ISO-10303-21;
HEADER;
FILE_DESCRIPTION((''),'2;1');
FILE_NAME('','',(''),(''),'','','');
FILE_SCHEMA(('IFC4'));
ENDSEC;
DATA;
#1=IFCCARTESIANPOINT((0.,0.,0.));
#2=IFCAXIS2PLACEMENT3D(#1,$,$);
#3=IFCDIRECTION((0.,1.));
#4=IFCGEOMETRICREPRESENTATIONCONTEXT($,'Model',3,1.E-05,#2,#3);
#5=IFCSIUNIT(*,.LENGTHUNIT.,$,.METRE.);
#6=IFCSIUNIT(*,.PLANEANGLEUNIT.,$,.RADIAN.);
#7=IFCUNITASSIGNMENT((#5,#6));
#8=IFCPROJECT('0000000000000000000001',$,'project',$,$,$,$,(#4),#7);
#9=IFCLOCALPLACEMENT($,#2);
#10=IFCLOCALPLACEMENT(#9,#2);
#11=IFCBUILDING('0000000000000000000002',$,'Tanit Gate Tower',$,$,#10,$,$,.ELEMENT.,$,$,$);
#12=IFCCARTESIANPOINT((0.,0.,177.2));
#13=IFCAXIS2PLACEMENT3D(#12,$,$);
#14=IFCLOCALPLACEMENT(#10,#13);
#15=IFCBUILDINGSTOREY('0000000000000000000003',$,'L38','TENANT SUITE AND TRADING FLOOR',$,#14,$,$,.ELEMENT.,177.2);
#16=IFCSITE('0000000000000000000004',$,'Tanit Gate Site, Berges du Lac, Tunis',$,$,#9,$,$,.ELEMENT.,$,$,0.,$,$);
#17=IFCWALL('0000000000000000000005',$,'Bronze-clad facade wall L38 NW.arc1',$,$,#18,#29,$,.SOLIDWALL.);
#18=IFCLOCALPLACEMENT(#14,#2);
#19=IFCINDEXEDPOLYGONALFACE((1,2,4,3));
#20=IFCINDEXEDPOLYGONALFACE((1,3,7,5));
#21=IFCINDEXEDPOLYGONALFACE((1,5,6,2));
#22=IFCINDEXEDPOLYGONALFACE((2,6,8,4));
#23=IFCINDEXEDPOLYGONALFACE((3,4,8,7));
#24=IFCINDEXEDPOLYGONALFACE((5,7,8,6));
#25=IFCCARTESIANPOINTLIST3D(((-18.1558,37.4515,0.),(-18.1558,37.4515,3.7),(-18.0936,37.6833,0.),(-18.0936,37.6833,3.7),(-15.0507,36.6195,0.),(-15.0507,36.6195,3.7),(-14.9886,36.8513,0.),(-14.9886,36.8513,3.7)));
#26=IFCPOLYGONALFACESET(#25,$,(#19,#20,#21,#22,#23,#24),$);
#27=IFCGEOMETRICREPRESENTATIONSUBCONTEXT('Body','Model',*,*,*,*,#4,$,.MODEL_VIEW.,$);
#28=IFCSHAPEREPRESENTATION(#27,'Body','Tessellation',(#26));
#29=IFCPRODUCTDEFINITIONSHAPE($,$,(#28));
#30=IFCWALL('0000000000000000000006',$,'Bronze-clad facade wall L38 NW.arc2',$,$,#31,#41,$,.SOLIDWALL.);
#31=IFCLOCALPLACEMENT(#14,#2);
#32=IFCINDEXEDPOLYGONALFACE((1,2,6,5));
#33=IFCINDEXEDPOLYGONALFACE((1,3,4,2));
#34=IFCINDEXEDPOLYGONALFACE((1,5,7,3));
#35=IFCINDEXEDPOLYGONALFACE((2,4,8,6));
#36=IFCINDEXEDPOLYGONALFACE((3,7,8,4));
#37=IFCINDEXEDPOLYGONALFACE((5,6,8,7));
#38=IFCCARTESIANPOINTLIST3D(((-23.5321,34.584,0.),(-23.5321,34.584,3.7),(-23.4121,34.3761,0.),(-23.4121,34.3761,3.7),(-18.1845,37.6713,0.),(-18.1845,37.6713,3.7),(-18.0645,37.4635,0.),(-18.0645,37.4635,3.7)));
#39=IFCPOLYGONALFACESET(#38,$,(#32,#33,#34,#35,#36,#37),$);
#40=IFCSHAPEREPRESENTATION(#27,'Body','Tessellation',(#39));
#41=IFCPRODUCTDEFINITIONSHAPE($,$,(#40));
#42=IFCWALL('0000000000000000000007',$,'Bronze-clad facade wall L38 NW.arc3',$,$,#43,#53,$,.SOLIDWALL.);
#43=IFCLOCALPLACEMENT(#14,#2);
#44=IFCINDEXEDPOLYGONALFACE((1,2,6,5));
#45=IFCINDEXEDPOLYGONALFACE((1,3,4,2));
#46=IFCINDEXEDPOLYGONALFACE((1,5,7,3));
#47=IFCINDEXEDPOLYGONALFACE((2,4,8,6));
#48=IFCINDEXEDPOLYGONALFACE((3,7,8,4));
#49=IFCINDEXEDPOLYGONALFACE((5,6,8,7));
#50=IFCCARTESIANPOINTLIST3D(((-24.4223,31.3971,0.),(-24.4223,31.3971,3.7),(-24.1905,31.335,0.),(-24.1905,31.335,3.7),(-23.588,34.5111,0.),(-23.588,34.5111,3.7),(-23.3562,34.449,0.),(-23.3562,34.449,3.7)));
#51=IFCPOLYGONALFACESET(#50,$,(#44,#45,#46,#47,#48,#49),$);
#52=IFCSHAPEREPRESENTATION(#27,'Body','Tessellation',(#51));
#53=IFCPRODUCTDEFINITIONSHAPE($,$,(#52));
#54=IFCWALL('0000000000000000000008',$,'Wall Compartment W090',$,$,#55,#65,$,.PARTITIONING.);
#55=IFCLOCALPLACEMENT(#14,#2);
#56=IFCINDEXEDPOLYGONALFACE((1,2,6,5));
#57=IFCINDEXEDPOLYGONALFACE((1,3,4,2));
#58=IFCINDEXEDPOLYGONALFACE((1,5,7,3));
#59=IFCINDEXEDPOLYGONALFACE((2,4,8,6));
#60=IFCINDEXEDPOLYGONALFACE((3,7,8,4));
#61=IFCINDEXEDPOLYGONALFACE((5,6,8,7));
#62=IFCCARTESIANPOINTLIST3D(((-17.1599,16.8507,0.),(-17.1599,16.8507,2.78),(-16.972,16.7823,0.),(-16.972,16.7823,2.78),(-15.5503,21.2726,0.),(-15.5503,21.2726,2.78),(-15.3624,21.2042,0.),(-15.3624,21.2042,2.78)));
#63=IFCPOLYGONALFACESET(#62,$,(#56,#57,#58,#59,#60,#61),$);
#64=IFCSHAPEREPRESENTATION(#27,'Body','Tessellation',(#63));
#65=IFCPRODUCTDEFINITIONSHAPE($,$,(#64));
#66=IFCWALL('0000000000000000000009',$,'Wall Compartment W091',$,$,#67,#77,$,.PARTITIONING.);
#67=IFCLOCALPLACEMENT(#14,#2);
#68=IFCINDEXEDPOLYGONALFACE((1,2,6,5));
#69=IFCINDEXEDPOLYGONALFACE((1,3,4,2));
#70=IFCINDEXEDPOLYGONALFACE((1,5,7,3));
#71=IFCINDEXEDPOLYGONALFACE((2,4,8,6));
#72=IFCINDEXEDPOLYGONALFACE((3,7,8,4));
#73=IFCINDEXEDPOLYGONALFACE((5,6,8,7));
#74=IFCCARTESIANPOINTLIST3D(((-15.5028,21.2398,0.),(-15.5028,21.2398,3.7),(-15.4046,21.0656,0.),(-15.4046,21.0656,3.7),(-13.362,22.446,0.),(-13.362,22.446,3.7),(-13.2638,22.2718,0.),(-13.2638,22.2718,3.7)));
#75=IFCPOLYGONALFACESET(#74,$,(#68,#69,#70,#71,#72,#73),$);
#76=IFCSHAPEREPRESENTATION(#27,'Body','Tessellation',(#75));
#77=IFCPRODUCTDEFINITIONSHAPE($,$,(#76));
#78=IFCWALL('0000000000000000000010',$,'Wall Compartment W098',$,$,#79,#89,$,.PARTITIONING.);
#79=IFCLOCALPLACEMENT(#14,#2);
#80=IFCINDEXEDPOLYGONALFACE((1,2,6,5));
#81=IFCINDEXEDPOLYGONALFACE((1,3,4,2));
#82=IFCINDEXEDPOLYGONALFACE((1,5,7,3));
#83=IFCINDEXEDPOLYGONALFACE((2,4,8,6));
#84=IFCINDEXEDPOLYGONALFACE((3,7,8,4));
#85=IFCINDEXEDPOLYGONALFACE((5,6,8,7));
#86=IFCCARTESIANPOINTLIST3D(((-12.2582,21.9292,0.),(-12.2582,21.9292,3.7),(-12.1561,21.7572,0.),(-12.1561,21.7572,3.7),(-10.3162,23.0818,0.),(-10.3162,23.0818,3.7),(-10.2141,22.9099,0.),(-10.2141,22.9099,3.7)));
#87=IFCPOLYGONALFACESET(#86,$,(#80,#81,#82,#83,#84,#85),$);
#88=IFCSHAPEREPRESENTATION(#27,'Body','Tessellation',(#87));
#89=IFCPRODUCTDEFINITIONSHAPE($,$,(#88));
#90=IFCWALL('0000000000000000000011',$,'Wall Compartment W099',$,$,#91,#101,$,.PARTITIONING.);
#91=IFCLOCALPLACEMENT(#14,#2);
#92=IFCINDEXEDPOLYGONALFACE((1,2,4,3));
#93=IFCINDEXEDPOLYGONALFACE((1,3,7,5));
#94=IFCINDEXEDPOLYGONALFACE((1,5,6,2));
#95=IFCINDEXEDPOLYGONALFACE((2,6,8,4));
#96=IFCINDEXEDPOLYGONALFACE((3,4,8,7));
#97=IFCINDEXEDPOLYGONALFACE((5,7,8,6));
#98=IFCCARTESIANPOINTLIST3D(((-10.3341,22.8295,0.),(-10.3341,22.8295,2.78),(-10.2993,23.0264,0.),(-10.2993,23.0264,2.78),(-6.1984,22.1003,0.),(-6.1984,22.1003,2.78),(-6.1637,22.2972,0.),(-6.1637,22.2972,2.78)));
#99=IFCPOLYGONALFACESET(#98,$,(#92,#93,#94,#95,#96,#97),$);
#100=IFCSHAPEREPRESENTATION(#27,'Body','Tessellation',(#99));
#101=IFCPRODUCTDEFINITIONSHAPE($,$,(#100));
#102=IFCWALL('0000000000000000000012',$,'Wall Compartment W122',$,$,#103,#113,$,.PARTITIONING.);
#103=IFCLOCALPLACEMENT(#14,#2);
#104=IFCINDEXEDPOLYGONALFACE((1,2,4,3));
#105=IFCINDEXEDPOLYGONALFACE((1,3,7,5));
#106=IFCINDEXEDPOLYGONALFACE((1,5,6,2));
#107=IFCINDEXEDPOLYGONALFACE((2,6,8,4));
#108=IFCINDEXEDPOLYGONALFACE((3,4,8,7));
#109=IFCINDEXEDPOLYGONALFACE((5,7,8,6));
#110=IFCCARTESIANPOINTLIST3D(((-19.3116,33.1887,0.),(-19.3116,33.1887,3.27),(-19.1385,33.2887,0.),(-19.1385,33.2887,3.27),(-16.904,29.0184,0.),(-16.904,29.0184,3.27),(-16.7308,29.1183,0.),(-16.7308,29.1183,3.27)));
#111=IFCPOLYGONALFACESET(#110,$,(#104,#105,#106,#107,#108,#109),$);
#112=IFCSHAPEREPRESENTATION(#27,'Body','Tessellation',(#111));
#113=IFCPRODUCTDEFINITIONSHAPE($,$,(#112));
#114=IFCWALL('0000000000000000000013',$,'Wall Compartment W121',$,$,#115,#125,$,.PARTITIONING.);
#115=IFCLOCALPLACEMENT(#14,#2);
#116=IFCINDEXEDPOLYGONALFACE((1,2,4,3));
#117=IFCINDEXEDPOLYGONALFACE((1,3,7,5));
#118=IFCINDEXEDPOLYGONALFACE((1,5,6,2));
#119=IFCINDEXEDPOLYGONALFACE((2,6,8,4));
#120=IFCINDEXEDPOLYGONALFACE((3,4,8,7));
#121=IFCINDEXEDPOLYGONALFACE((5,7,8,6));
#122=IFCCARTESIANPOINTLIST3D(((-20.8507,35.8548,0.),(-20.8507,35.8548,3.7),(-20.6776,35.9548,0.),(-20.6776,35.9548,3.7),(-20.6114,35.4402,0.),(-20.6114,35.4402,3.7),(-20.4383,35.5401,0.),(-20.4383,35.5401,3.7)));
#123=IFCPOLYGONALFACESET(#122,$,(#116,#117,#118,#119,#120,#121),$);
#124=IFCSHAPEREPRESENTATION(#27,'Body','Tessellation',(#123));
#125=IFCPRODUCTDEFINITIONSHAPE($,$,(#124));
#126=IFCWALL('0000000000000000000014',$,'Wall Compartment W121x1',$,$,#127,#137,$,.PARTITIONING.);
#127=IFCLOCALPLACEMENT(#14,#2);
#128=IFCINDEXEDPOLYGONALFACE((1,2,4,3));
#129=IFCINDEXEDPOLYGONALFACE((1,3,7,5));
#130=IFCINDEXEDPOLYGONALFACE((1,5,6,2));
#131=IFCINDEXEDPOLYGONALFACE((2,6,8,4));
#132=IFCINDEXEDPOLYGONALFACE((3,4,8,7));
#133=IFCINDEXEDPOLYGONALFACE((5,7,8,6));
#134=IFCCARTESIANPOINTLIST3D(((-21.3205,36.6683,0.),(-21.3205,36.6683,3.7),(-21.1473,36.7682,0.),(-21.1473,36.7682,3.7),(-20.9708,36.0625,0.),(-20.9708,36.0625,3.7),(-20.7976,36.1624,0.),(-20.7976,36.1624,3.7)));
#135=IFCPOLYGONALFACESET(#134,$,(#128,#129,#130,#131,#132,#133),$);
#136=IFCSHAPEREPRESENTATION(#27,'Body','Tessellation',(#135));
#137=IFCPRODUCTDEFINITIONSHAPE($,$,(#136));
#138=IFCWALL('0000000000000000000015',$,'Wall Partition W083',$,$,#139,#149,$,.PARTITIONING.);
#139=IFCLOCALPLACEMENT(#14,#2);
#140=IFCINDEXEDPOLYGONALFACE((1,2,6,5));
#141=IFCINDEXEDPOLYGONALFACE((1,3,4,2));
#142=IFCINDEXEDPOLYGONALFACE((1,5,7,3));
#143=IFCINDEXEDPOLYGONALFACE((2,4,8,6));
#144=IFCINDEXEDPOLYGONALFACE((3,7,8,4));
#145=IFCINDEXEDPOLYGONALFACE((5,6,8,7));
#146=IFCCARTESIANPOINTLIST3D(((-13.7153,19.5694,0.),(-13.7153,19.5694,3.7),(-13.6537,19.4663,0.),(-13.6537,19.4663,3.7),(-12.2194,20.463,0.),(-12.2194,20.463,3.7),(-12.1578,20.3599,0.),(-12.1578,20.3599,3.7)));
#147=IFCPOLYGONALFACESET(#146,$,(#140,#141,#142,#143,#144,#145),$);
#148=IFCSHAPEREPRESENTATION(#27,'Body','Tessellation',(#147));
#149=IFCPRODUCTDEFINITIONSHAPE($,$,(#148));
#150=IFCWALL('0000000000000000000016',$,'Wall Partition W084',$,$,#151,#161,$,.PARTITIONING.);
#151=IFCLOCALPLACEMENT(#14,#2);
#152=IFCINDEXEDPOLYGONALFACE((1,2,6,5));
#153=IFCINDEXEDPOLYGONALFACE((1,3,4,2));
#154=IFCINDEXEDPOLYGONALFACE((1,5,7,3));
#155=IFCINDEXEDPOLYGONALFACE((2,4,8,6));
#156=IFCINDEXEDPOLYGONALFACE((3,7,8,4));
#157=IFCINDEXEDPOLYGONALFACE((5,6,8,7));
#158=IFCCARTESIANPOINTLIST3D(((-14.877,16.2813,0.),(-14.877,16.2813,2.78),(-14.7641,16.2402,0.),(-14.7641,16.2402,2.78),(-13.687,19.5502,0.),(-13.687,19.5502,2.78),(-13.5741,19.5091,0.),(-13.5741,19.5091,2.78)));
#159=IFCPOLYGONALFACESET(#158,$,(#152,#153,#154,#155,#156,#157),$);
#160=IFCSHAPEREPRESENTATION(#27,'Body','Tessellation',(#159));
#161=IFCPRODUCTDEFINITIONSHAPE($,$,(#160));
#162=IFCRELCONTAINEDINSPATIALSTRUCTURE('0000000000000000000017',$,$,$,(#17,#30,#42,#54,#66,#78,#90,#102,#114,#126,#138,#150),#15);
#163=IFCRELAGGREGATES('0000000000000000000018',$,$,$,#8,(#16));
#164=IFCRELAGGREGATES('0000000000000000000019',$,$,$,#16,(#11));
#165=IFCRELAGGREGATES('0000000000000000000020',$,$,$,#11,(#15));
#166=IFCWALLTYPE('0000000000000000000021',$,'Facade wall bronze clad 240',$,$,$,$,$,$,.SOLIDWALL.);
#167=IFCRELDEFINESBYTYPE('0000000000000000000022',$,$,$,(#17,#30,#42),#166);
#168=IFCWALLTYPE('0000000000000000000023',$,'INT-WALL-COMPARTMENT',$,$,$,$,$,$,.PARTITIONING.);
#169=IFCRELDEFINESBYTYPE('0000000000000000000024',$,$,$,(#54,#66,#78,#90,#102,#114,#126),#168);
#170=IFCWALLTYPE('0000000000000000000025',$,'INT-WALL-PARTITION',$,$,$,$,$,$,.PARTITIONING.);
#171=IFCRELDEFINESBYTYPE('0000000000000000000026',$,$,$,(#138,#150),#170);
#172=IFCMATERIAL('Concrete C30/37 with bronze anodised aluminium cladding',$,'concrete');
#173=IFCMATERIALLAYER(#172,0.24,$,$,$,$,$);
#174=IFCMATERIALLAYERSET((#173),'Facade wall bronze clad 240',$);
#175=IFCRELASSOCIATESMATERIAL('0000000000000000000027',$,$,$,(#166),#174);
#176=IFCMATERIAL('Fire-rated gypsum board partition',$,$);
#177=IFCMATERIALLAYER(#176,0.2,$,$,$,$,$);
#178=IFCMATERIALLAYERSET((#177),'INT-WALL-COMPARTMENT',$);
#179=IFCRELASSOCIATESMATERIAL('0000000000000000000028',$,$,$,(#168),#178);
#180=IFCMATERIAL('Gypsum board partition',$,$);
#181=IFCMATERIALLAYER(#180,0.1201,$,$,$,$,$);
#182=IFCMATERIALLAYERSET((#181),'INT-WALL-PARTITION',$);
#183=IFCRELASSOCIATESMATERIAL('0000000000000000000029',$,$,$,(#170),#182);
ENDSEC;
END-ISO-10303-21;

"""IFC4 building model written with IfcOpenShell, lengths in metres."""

from ifc_helpers import new_model, si_unit, direction, frame, frame_2d, origin, place, context, subcontext, project, spatial, rectangle, extrude, material, layer, layer_set, type_object, element, save


model = new_model("IFC4")

# Units and contexts
model_context = context("Model", 3, precision=1e-05, world=origin(), true_north=direction((0.0, 1.0)))
body_context = subcontext(model_context, "Body", "Model", "MODEL_VIEW")
ifc_project = project(units=[si_unit("LENGTHUNIT", "METRE"), si_unit("PLANEANGLEUNIT", "RADIAN")], contexts=[model_context])

# Site, building, storey
site_placement = place(None, origin())
site = spatial("IfcSite", under=ifc_project, at=site_placement, Name="Tanit Gate Site, Berges du Lac, Tunis", CompositionType="ELEMENT", RefElevation=0.0)
building_placement = place(site_placement, origin())
building = spatial("IfcBuilding", under=site, at=building_placement, Name="Tanit Gate Tower", CompositionType="ELEMENT")
storey_placement = place(building_placement, frame((0.0, 0.0, 177.2)))
storey = spatial("IfcBuildingStorey", under=building, at=storey_placement, Name="L38", Description="TENANT SUITE AND TRADING FLOOR", CompositionType="ELEMENT", Elevation=177.2)

# Walls
ifc_material_1 = material(Name="Concrete C30/37 with bronze anodised aluminium cladding", Category="concrete")
ifc_layer_1 = layer(ifc_material_1, 0.24)
ifc_layer_set_1 = layer_set([ifc_layer_1], Name="Facade wall bronze clad 240")
wall_type_1 = type_object("IfcWallType", Name="Facade wall bronze clad 240", PredefinedType="SOLIDWALL", material=ifc_layer_set_1)
wall_1_placement = place(storey_placement, frame((-15.0195, 36.7354, 0.0), z_axis=(0.0, 0.0, 1.0), x_axis=(-0.965922, 0.258835, 0.0)))
element("IfcWall", 1, at=wall_1_placement, inside=storey, type_object=wall_type_1, Name="Bronze-clad facade wall L38 NW.arc1", PredefinedType="SOLIDWALL", context=body_context, shape_type="SweptSolid", body=[
    extrude(rectangle(XDim=3.2146, YDim=0.24, at=frame_2d((1.6074, 0.0))), origin(), (0.0, 0.0, 1.0), 3.7),
])
wall_2_placement = place(storey_placement, frame((-18.1245, 37.5674, 0.0), z_axis=(0.0, 0.0, 1.0), x_axis=(-0.86603, -0.499992, 0.0)))
element("IfcWall", 2, at=wall_2_placement, inside=storey, type_object=wall_type_1, Name="Bronze-clad facade wall L38 NW.arc2", PredefinedType="SOLIDWALL", context=body_context, shape_type="SweptSolid", body=[
    extrude(rectangle(XDim=6.1748, YDim=0.24, at=frame_2d((3.0874, 0.0))), origin(), (0.0, 0.0, 1.0), 3.7),
])
wall_3_placement = place(storey_placement, frame((-23.4722, 34.48, 0.0), z_axis=(0.0, 0.0, 1.0), x_axis=(-0.25877, -0.965939, 0.0)))
element("IfcWall", 3, at=wall_3_placement, inside=storey, type_object=wall_type_1, Name="Bronze-clad facade wall L38 NW.arc3", PredefinedType="SOLIDWALL", context=body_context, shape_type="SweptSolid", body=[
    extrude(rectangle(XDim=3.2239, YDim=0.24, at=frame_2d((1.6118, 0.0))), origin(), (0.0, 0.0, 1.0), 3.7),
])
ifc_material_2 = material(Name="Fire-rated gypsum board partition")
ifc_layer_2 = layer(ifc_material_2, 0.2)
ifc_layer_set_2 = layer_set([ifc_layer_2], Name="INT-WALL-COMPARTMENT")
wall_type_2 = type_object("IfcWallType", Name="INT-WALL-COMPARTMENT", PredefinedType="PARTITIONING", material=ifc_layer_set_2)
wall_4_placement = place(storey_placement, frame((-15.4563, 21.2385, 0.0), z_axis=(0.0, 0.0, 1.0), x_axis=(-0.342055, -0.93968, 0.0)))
element("IfcWall", 4, at=wall_4_placement, inside=storey, type_object=wall_type_2, Name="Wall Compartment W090", PredefinedType="PARTITIONING", context=body_context, shape_type="SweptSolid", body=[
    extrude(rectangle(XDim=4.7058, YDim=0.2, at=frame_2d((2.353, 0.0))), origin(), (0.0, 0.0, 1.0), 2.78),
])
wall_5_placement = place(storey_placement, frame((-13.313, 22.3589, 0.0), z_axis=(0.0, 0.0, 1.0), x_axis=(-0.871217, -0.490898, 0.0)))
element("IfcWall", 5, at=wall_5_placement, inside=storey, type_object=wall_type_2, Name="Wall Compartment W091", PredefinedType="PARTITIONING", context=body_context, shape_type="SweptSolid", body=[
    extrude(rectangle(XDim=2.4573, YDim=0.2, at=frame_2d((1.2285, 0.0))), origin(), (0.0, 0.0, 1.0), 3.7),
])
wall_6_placement = place(storey_placement, frame((-10.2651, 22.9958, 0.0), z_axis=(0.0, 0.0, 1.0), x_axis=(-0.859935, -0.510404, 0.0)))
element("IfcWall", 6, at=wall_6_placement, inside=storey, type_object=wall_type_2, Name="Wall Compartment W098", PredefinedType="PARTITIONING", context=body_context, shape_type="SweptSolid", body=[
    extrude(rectangle(XDim=2.2583, YDim=0.2, at=frame_2d((1.1292, 0.0))), origin(), (0.0, 0.0, 1.0), 3.7),
])
wall_7_placement = place(storey_placement, frame((-6.1812, 22.1987, 0.0), z_axis=(0.0, 0.0, 1.0), x_axis=(-0.984808, 0.173649, 0.0)))
element("IfcWall", 7, at=wall_7_placement, inside=storey, type_object=wall_type_2, Name="Wall Compartment W099", PredefinedType="PARTITIONING", context=body_context, shape_type="SweptSolid", body=[
    extrude(rectangle(XDim=4.1995, YDim=0.2, at=frame_2d((2.0996, 0.0))), origin(), (0.0, 0.0, 1.0), 2.78),
])
wall_8_placement = place(storey_placement, frame((-16.8174, 29.0684, 0.0), z_axis=(0.0, 0.0, 1.0), x_axis=(-0.499989, 0.866032, 0.0)))
element("IfcWall", 8, at=wall_8_placement, inside=storey, type_object=wall_type_2, Name="Wall Compartment W122", PredefinedType="PARTITIONING", context=body_context, shape_type="SweptSolid", body=[
    extrude(rectangle(XDim=4.8154, YDim=0.2, at=frame_2d((2.4077, 0.0))), origin(), (0.0, 0.0, 1.0), 3.27),
])
wall_9_placement = place(storey_placement, frame((-20.5249, 35.4902, 0.0), z_axis=(0.0, 0.0, 1.0), x_axis=(-0.49987, 0.866101, 0.0)))
element("IfcWall", 9, at=wall_9_placement, inside=storey, type_object=wall_type_2, Name="Wall Compartment W121", PredefinedType="PARTITIONING", context=body_context, shape_type="SweptSolid", body=[
    extrude(rectangle(XDim=0.4788, YDim=0.2, at=frame_2d((0.2393, 0.0))), origin(), (0.0, 0.0, 1.0), 3.7),
])
wall_10_placement = place(storey_placement, frame((-20.8843, 36.1125, 0.0), z_axis=(0.0, 0.0, 1.0), x_axis=(-0.499894, 0.866087, 0.0)))
element("IfcWall", 10, at=wall_10_placement, inside=storey, type_object=wall_type_2, Name="Wall Compartment W121x1", PredefinedType="PARTITIONING", context=body_context, shape_type="SweptSolid", body=[
    extrude(rectangle(XDim=0.6995, YDim=0.2, at=frame_2d((0.3496, 0.0))), origin(), (0.0, 0.0, 1.0), 3.7),
])
ifc_material_3 = material(Name="Gypsum board partition")
ifc_layer_3 = layer(ifc_material_3, 0.1201)
ifc_layer_set_3 = layer_set([ifc_layer_3], Name="INT-WALL-PARTITION")
wall_type_3 = type_object("IfcWallType", Name="INT-WALL-PARTITION", PredefinedType="PARTITIONING", material=ifc_layer_set_3)
wall_11_placement = place(storey_placement, frame((-12.1887, 20.4114, 0.0), z_axis=(0.0, 0.0, 1.0), x_axis=(-0.858493, -0.512826, 0.0)))
element("IfcWall", 11, at=wall_11_placement, inside=storey, type_object=wall_type_3, Name="Wall Partition W083", PredefinedType="PARTITIONING", context=body_context, shape_type="SweptSolid", body=[
    extrude(rectangle(XDim=1.7424, YDim=0.1201, at=frame_2d((0.8711, 0.0))), origin(), (0.0, 0.0, 1.0), 3.7),
])
wall_12_placement = place(storey_placement, frame((-13.6306, 19.5295, 0.0), z_axis=(0.0, 0.0, 1.0), x_axis=(-0.34207, -0.939675, 0.0)))
element("IfcWall", 12, at=wall_12_placement, inside=storey, type_object=wall_type_3, Name="Wall Partition W084", PredefinedType="PARTITIONING", context=body_context, shape_type="SweptSolid", body=[
    extrude(rectangle(XDim=3.4788, YDim=0.1201, at=frame_2d((1.7393, 0.0))), origin(), (0.0, 0.0, 1.0), 2.78),
])

save(model, "model.ifc")
